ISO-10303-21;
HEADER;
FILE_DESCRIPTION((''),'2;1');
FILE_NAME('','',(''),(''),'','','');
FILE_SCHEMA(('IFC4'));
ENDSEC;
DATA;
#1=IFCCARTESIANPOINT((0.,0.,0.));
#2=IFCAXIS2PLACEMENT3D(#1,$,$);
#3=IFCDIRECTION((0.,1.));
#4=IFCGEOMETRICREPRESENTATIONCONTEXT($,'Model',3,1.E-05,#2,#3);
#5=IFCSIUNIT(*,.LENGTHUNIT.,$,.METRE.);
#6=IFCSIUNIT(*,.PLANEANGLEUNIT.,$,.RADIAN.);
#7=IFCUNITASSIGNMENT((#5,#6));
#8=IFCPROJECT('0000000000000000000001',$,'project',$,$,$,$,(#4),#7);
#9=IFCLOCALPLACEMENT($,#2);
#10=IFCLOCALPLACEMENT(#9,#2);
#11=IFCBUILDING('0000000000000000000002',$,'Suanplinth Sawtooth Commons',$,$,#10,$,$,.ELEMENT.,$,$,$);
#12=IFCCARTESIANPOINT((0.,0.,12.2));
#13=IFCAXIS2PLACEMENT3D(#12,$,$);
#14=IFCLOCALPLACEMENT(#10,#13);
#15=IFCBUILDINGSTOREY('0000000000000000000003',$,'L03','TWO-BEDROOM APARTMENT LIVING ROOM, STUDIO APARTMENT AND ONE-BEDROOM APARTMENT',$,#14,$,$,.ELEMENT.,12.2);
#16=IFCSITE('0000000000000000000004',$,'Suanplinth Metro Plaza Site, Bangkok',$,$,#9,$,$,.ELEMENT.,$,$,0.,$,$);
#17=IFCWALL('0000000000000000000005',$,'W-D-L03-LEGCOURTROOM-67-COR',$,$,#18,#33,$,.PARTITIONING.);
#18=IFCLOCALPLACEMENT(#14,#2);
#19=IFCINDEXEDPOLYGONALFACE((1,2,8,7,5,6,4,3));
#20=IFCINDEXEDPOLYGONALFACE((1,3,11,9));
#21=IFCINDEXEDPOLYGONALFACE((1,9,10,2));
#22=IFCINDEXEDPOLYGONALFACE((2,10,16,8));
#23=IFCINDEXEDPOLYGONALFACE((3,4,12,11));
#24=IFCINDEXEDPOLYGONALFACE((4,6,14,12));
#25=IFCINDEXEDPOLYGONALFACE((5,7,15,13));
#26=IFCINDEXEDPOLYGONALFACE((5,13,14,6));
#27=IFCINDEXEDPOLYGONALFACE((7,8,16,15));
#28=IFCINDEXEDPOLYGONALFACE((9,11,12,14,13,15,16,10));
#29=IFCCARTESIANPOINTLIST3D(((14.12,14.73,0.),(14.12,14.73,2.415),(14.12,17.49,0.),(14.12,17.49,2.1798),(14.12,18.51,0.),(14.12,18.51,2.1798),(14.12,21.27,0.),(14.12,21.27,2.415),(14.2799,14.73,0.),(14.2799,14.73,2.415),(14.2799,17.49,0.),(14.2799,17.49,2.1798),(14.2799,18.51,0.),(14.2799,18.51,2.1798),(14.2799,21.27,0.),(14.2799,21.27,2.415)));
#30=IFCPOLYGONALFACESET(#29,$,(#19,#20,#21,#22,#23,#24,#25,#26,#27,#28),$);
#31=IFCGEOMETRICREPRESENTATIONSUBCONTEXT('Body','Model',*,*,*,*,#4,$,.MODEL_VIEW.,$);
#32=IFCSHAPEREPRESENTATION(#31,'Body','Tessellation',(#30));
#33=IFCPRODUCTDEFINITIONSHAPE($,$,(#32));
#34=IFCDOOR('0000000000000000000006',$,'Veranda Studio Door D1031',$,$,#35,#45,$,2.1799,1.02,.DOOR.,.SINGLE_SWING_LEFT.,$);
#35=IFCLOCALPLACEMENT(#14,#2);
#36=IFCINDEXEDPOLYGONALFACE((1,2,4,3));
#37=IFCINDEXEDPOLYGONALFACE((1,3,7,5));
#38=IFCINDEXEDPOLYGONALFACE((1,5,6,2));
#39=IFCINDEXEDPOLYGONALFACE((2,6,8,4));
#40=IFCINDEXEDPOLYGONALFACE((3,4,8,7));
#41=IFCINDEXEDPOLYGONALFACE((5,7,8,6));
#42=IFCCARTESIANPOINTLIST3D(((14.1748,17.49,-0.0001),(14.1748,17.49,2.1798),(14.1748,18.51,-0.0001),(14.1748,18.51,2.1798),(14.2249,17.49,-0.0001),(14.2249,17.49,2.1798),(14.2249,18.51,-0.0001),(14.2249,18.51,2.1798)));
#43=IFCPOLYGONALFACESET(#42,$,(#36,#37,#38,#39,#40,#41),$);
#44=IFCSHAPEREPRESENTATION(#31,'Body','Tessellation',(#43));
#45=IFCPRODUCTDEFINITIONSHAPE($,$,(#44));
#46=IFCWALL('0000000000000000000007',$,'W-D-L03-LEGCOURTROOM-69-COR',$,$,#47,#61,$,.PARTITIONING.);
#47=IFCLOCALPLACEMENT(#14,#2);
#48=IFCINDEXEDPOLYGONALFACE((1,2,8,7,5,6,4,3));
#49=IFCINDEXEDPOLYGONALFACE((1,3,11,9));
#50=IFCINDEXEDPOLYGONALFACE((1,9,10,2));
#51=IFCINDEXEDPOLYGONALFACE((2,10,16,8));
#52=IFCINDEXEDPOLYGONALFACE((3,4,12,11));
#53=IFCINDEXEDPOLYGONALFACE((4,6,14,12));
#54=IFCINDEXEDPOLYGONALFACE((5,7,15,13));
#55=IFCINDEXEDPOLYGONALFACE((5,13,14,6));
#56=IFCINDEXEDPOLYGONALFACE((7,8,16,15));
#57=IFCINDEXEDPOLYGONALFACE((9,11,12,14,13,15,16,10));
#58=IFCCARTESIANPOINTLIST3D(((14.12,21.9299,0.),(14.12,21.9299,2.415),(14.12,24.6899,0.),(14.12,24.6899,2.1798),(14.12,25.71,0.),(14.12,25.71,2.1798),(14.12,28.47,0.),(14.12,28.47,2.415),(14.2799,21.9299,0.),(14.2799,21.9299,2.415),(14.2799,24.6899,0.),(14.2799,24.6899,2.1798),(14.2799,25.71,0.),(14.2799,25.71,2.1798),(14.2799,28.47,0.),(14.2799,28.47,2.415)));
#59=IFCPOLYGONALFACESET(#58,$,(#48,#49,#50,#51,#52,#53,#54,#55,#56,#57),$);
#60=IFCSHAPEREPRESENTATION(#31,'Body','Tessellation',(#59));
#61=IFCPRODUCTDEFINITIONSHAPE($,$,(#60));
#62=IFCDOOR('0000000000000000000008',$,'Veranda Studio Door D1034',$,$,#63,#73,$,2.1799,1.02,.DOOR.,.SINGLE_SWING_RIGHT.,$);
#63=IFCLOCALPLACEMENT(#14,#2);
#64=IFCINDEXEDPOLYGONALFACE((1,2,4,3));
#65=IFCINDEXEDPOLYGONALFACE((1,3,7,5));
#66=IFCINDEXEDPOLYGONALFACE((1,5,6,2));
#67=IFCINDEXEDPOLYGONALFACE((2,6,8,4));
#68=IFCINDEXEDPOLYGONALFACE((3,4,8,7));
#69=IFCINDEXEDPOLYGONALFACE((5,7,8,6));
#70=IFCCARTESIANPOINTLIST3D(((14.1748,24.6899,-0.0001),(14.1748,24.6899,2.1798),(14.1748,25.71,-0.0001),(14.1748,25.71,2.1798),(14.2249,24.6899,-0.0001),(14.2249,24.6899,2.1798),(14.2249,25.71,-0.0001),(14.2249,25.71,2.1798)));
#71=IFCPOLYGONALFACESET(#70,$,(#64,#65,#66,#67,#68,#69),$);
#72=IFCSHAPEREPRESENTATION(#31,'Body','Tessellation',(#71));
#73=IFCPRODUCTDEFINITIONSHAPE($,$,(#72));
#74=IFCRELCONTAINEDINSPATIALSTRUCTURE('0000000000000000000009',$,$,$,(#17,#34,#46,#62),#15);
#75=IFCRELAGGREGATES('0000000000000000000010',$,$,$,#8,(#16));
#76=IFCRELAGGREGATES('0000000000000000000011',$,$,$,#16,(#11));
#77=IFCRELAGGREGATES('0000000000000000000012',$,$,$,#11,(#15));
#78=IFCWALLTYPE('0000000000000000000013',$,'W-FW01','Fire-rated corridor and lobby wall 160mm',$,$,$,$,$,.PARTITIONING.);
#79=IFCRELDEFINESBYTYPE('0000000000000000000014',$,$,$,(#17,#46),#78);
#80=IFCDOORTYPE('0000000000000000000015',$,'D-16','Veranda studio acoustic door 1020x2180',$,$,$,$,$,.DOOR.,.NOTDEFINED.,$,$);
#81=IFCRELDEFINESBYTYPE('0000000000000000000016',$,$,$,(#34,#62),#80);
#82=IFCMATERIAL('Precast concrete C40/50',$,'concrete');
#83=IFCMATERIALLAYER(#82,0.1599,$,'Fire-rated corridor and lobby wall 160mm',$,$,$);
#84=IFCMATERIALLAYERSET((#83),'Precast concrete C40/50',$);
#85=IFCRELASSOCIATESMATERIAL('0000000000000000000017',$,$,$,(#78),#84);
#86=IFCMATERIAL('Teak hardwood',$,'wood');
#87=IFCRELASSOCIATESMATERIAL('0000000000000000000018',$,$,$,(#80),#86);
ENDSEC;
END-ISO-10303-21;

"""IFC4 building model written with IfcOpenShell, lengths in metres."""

from ifc_helpers import new_model, si_unit, direction, frame, frame_2d, origin, place, context, subcontext, project, spatial, rectangle, extrude, material, layer, layer_set, type_object, element, fill, save


model = new_model("IFC4")

# Units and contexts
model_context = context("Model", 3, precision=1e-05, world=origin(), true_north=direction((0.0, 1.0)))
body_context = subcontext(model_context, "Body", "Model", "MODEL_VIEW")
ifc_project = project(units=[si_unit("LENGTHUNIT", "METRE"), si_unit("PLANEANGLEUNIT", "RADIAN")], contexts=[model_context])

# Site, building, storey
site_placement = place(None, origin())
site = spatial("IfcSite", under=ifc_project, at=site_placement, Name="Suanplinth Metro Plaza Site, Bangkok", CompositionType="ELEMENT", RefElevation=0.0)
building_placement = place(site_placement, origin())
building = spatial("IfcBuilding", under=site, at=building_placement, Name="Suanplinth Sawtooth Commons", CompositionType="ELEMENT")
storey_placement = place(building_placement, frame((0.0, 0.0, 12.2)))
storey = spatial("IfcBuildingStorey", under=building, at=storey_placement, Name="L03", Description="TWO-BEDROOM APARTMENT LIVING ROOM, STUDIO APARTMENT AND ONE-BEDROOM APARTMENT", CompositionType="ELEMENT", Elevation=12.2)

# Shared definitions
ifc_material_1 = material(Name="Precast concrete C40/50", Category="concrete")

# Walls, openings, doors
ifc_layer_1 = layer(ifc_material_1, 0.1599, Name="Fire-rated corridor and lobby wall 160mm")
ifc_layer_set_1 = layer_set([ifc_layer_1], Name="Precast concrete C40/50")
wall_type_1 = type_object("IfcWallType", Name="W-FW01", Description="Fire-rated corridor and lobby wall 160mm", PredefinedType="PARTITIONING", material=ifc_layer_set_1)
wall_1_placement = place(storey_placement, frame((14.2, 14.73, 0.0), z_axis=(0.0, 0.0, 1.0), x_axis=(0.0, 1.0, 0.0)))
wall_1 = element("IfcWall", 1, at=wall_1_placement, inside=storey, type_object=wall_type_1, Name="W-D-L03-LEGCOURTROOM-67-COR", PredefinedType="PARTITIONING", context=body_context, shape_type="SweptSolid", body=[
    extrude(rectangle(XDim=6.54, YDim=0.1599, at=frame_2d((3.27, 0.0))), origin(), (0.0, 0.0, 1.0), 2.415),
])
opening_1_placement = place(wall_1_placement, frame((2.76, 0.0, 0.0)))
opening_1 = element("IfcOpeningElement", 2, at=opening_1_placement, cuts=wall_1, PredefinedType="OPENING", context=body_context, shape_type="SweptSolid", body=[
    extrude(rectangle(XDim=1.02, YDim=2.1799, at=frame_2d((0.51, 1.0898))), frame((0.0, 0.0947, 0.0), z_axis=(0.0, -1.0, 0.0), x_axis=(1.0, 0.0, 0.0)), (0.0, 0.0, 1.0), 0.1897),
])
ifc_material_2 = material(Name="Teak hardwood", Category="wood")
door_type_1 = type_object("IfcDoorType", Name="D-16", Description="Veranda studio acoustic door 1020x2180", OperationType="NOTDEFINED", PredefinedType="DOOR", material=ifc_material_2)
door_1_placement = place(opening_1_placement, frame((1.02, 0.0, 0.0), z_axis=(0.0, 0.0, 1.0), x_axis=(-1.0, 0.0, 0.0)))
door_1 = element("IfcDoor", 3, at=door_1_placement, inside=storey, type_object=door_type_1, Name="Veranda Studio Door D1031", OperationType="SINGLE_SWING_LEFT", OverallHeight=2.1799, OverallWidth=1.02, PredefinedType="DOOR", context=body_context, shape_type="SweptSolid", body=[
    extrude(rectangle(XDim=1.02, YDim=2.1799, at=frame_2d((0.51, 1.0898))), frame((0.0, 0.0249, 0.0), z_axis=(0.0, -1.0, 0.0), x_axis=(1.0, 0.0, 0.0)), (0.0, 0.0, 1.0), 0.05),
])
fill(opening_1, door_1)
wall_2_placement = place(storey_placement, frame((14.2, 21.9299, 0.0), z_axis=(0.0, 0.0, 1.0), x_axis=(0.0, 1.0, 0.0)))
wall_2 = element("IfcWall", 4, at=wall_2_placement, inside=storey, type_object=wall_type_1, Name="W-D-L03-LEGCOURTROOM-69-COR", PredefinedType="PARTITIONING", context=body_context, shape_type="SweptSolid", body=[
    extrude(rectangle(XDim=6.54, YDim=0.1599, at=frame_2d((3.27, 0.0))), origin(), (0.0, 0.0, 1.0), 2.415),
])
opening_2_placement = place(wall_2_placement, frame((2.76, 0.0, 0.0)))
opening_2 = element("IfcOpeningElement", 5, at=opening_2_placement, cuts=wall_2, PredefinedType="OPENING", context=body_context, shape_type="SweptSolid", body=[
    extrude(rectangle(XDim=1.02, YDim=2.1799, at=frame_2d((0.51, 1.0898))), frame((0.0, 0.0947, 0.0), z_axis=(0.0, -1.0, 0.0), x_axis=(1.0, 0.0, 0.0)), (0.0, 0.0, 1.0), 0.1897),
])
door_2_placement = place(opening_2_placement, frame((1.02, 0.0, 0.0), z_axis=(0.0, 0.0, 1.0), x_axis=(-1.0, 0.0, 0.0)))
door_2 = element("IfcDoor", 6, at=door_2_placement, inside=storey, type_object=door_type_1, Name="Veranda Studio Door D1034", OperationType="SINGLE_SWING_RIGHT", OverallHeight=2.1799, OverallWidth=1.02, PredefinedType="DOOR", context=body_context, shape_type="SweptSolid", body=[
    extrude(rectangle(XDim=1.02, YDim=2.1799, at=frame_2d((0.51, 1.0898))), frame((0.0, 0.0249, 0.0), z_axis=(0.0, -1.0, 0.0), x_axis=(1.0, 0.0, 0.0)), (0.0, 0.0, 1.0), 0.05),
])
fill(opening_2, door_2)

save(model, "model.ifc")
